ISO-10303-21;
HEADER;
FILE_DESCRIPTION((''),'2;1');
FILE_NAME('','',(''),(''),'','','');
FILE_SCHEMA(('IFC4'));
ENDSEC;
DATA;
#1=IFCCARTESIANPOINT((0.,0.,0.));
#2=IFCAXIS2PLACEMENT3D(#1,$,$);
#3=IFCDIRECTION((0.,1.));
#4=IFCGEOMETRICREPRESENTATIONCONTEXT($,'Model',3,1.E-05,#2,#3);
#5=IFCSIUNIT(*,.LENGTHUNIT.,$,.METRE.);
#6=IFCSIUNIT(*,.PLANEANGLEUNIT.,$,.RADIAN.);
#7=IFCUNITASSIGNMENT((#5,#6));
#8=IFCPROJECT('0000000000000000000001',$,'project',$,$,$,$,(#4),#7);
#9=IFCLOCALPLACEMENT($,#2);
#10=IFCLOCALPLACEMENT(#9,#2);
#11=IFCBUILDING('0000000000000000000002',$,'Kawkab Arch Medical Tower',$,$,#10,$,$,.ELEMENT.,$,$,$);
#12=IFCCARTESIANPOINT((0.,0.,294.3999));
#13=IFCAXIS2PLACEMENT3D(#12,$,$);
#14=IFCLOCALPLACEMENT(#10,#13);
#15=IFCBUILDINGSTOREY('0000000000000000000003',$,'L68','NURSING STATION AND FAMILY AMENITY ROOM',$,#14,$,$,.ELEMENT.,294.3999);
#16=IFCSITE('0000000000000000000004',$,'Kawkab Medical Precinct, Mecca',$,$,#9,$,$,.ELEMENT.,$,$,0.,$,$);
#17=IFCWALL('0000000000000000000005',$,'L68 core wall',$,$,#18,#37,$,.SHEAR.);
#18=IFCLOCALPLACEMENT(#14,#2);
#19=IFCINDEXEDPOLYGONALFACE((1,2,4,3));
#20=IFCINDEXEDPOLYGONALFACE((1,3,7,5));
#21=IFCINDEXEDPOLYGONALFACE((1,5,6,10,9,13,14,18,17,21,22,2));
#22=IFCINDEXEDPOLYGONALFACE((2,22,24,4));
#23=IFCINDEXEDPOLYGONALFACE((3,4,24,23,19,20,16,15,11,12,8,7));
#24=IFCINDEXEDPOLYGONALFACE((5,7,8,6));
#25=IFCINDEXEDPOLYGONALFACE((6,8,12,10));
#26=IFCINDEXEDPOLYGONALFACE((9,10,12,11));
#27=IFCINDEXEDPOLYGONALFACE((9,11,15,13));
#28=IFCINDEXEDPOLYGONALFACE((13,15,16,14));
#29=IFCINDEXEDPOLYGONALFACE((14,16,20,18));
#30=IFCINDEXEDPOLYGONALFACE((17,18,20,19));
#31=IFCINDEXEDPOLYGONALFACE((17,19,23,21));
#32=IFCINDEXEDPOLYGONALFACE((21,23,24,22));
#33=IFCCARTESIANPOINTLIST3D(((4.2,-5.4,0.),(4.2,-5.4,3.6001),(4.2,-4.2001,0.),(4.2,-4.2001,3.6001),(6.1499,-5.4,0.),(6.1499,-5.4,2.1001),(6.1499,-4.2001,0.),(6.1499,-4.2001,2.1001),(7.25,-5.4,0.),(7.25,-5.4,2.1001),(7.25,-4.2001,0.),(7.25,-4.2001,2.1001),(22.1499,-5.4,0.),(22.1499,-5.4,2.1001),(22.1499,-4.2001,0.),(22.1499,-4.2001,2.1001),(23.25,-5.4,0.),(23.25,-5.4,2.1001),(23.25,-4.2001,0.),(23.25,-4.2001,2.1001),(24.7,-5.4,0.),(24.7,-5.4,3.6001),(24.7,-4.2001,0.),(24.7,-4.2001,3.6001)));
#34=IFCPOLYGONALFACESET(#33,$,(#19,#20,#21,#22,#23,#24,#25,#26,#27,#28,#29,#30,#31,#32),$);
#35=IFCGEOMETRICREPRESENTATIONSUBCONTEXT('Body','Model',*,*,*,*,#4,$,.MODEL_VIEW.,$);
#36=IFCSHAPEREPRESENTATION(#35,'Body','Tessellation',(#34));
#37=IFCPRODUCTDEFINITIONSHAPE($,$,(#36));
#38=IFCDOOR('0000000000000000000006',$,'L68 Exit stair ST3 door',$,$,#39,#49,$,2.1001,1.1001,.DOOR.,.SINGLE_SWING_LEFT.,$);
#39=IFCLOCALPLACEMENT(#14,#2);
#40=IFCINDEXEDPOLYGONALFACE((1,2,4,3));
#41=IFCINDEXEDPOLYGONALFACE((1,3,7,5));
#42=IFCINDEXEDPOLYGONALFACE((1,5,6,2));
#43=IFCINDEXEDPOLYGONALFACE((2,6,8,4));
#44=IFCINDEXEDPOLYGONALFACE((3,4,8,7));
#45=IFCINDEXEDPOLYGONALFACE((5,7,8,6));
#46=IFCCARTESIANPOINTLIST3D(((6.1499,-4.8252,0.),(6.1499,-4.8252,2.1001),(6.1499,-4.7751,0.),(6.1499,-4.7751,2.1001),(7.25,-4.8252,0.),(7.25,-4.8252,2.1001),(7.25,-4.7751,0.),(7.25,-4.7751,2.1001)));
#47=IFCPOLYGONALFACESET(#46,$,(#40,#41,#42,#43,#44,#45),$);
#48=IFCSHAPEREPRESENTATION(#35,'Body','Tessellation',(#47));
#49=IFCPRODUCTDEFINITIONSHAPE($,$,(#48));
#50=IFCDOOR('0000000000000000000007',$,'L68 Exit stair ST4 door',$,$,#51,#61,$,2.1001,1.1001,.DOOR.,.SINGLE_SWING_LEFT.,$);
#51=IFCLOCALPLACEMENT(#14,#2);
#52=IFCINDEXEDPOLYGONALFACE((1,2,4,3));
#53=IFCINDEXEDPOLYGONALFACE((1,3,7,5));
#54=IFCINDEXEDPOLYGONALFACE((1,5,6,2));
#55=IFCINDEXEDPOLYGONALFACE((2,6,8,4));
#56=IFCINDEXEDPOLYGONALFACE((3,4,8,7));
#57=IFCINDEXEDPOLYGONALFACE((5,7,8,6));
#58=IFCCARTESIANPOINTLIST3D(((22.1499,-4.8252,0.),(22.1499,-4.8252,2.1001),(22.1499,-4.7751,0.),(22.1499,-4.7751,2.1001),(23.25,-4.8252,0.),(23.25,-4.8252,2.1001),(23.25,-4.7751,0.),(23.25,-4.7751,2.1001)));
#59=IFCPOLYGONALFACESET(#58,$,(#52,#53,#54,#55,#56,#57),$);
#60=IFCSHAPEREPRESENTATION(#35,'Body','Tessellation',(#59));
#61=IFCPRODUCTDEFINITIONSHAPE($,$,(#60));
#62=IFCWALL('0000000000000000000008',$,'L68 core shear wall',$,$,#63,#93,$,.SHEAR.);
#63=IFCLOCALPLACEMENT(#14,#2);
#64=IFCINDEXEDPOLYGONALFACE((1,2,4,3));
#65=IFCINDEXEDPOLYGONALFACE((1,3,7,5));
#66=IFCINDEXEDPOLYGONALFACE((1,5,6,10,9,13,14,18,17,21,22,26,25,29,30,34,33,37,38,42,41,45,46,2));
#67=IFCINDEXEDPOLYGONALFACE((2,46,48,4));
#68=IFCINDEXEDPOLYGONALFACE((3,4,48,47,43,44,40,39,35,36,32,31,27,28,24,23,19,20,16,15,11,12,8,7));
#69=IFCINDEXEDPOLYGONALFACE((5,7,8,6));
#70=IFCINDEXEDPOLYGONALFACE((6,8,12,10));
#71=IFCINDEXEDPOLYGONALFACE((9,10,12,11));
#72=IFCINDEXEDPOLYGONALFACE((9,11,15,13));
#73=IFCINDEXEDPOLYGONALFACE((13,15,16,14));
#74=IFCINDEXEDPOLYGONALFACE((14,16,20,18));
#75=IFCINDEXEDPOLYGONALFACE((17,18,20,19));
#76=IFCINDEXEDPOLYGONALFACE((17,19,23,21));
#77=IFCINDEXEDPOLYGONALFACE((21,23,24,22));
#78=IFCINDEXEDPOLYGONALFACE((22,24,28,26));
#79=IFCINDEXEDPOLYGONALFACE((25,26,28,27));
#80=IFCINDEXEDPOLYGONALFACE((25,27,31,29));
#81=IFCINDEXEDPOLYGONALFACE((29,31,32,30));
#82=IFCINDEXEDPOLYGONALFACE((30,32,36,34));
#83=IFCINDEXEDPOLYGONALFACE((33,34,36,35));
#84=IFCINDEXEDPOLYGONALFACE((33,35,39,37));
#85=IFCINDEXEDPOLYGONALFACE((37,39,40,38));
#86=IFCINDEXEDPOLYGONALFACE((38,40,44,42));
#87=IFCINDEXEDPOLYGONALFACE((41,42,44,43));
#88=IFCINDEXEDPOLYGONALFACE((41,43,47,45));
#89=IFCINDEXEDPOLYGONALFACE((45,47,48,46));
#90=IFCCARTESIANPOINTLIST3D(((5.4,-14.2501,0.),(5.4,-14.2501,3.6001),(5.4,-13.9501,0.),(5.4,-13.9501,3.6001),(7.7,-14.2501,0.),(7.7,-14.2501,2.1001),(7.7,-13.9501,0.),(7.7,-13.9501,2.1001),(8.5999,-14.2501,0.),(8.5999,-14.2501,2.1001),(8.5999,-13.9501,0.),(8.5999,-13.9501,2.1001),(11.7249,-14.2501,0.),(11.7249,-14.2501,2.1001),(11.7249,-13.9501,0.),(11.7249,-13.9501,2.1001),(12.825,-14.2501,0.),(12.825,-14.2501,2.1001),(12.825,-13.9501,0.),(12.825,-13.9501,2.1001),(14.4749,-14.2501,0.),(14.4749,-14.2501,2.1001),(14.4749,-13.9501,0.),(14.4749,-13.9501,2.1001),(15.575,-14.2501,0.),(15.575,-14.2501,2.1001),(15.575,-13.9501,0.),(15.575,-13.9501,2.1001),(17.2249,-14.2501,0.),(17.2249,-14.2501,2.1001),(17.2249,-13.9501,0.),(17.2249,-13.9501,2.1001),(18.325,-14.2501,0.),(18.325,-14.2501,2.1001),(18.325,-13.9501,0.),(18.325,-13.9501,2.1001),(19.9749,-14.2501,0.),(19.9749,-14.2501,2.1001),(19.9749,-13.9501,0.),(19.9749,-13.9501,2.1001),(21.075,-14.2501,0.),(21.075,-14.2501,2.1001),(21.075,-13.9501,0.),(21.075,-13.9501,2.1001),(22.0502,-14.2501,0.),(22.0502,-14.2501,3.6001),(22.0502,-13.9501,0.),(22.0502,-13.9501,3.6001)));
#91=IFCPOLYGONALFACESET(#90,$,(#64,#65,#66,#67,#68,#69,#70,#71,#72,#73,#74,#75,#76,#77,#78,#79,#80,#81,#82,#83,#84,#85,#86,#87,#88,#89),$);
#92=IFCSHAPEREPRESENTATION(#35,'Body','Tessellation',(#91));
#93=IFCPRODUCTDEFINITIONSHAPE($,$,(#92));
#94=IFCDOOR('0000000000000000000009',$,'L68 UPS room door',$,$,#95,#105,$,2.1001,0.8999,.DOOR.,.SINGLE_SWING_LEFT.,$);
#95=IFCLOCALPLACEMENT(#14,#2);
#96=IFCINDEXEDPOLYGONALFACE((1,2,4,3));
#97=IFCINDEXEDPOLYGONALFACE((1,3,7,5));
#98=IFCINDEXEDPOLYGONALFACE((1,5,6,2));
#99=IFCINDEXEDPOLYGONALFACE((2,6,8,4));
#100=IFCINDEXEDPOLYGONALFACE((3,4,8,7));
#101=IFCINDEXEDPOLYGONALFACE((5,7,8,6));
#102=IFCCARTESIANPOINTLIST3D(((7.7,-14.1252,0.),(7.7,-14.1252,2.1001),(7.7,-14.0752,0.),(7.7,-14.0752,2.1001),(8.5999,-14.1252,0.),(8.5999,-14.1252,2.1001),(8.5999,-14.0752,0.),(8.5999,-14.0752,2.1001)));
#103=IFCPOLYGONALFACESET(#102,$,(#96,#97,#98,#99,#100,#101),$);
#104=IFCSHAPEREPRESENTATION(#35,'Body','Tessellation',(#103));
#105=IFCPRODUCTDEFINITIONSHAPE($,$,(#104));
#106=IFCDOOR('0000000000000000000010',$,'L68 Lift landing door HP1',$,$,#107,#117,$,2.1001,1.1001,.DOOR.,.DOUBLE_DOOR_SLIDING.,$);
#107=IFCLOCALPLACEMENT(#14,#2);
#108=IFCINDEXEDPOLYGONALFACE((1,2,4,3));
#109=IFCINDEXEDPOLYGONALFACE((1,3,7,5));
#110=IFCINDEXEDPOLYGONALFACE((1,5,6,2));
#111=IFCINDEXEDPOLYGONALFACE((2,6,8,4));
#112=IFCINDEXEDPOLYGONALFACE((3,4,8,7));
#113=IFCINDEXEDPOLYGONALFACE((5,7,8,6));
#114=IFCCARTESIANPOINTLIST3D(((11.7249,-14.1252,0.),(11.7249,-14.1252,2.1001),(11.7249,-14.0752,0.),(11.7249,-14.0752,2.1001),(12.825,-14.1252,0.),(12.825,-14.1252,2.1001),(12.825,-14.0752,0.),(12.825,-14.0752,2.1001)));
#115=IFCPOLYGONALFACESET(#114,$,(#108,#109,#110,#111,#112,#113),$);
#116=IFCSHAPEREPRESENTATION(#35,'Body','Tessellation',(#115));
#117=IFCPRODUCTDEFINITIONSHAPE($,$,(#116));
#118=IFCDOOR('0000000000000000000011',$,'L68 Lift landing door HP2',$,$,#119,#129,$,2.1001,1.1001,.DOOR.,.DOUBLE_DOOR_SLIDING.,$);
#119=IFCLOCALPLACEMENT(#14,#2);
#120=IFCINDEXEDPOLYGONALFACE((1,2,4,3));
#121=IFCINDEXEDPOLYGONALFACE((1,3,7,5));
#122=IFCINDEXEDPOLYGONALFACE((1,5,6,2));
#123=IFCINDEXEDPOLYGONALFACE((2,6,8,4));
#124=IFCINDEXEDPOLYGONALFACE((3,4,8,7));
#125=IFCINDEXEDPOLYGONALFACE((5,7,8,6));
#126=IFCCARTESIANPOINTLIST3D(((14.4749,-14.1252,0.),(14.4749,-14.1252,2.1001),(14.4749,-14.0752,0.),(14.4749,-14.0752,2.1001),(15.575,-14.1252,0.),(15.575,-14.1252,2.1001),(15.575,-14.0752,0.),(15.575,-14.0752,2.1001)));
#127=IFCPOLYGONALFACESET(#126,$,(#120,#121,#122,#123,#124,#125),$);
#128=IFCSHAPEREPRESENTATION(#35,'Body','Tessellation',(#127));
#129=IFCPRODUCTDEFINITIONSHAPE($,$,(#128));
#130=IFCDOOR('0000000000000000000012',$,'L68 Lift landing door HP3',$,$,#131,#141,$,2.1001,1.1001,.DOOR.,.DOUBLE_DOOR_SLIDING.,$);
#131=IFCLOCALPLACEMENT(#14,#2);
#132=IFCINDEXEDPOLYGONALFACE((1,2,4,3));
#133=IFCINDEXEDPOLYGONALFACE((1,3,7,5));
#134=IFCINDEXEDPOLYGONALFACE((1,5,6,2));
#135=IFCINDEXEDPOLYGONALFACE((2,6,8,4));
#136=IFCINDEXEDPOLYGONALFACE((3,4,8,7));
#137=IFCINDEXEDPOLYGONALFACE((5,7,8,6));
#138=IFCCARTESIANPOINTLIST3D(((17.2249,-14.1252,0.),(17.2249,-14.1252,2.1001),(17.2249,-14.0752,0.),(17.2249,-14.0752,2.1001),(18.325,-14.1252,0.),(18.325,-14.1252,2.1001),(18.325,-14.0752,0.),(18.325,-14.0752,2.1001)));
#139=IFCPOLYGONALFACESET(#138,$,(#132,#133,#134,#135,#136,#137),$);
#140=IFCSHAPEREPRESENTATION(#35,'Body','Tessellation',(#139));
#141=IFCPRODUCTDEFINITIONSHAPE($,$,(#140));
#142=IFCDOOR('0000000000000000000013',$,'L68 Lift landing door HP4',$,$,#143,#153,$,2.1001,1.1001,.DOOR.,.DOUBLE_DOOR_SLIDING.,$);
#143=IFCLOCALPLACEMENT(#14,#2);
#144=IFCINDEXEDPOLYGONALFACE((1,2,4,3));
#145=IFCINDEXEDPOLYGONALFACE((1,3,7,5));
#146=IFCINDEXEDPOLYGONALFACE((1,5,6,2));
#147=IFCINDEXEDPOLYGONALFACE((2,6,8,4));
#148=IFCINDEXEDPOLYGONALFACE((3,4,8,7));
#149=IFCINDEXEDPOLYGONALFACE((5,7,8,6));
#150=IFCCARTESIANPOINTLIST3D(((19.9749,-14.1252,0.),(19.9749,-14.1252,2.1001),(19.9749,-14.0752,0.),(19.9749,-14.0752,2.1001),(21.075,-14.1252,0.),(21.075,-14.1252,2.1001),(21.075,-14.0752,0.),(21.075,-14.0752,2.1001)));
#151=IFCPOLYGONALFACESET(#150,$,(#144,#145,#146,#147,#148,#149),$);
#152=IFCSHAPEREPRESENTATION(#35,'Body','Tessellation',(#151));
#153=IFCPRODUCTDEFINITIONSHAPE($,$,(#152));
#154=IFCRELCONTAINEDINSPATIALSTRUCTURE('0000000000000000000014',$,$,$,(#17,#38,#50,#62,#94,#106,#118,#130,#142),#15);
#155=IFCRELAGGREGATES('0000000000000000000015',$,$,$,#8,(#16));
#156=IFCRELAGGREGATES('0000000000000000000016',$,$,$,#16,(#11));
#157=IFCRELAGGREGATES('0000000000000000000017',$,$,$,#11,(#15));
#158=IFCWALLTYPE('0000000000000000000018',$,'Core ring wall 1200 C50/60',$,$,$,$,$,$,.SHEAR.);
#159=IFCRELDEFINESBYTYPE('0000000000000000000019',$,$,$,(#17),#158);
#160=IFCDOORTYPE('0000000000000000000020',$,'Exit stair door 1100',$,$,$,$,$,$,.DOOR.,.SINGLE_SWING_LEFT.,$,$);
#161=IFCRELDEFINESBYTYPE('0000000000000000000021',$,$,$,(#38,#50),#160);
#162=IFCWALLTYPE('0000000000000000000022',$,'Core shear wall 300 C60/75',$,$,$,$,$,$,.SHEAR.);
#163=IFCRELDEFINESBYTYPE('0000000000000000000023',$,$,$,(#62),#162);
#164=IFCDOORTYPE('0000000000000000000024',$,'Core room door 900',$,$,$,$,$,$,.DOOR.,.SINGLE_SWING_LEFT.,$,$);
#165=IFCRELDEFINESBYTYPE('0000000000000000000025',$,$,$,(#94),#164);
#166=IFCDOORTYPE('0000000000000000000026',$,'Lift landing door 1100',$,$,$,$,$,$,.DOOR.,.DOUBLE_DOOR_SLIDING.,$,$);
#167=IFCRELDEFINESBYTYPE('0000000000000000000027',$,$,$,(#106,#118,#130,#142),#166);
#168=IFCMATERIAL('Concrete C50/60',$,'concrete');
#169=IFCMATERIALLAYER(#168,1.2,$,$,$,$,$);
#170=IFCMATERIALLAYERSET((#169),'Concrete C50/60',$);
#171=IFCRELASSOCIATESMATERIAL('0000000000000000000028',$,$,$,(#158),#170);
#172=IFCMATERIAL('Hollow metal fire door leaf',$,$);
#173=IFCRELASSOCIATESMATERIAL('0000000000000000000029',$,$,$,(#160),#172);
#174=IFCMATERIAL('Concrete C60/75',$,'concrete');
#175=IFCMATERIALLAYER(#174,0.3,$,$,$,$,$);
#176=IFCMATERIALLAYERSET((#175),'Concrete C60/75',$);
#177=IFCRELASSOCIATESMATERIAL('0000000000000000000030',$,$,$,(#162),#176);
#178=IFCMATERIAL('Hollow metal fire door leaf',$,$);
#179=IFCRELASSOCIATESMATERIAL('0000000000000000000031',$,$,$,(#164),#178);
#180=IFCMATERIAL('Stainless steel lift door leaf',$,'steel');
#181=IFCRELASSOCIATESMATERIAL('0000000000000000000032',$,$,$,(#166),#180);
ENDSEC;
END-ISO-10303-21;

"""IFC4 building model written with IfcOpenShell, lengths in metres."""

from ifc_helpers import new_model, si_unit, direction, frame, frame_2d, origin, place, context, subcontext, project, spatial, rectangle, extrude, material, layer, layer_set, type_object, element, fill, save


model = new_model("IFC4")

# Units and contexts
model_context = context("Model", 3, precision=1e-05, world=origin(), true_north=direction((0.0, 1.0)))
body_context = subcontext(model_context, "Body", "Model", "MODEL_VIEW")
ifc_project = project(units=[si_unit("LENGTHUNIT", "METRE"), si_unit("PLANEANGLEUNIT", "RADIAN")], contexts=[model_context])

# Site, building, storey
site_placement = place(None, origin())
site = spatial("IfcSite", under=ifc_project, at=site_placement, Name="Kawkab Medical Precinct, Mecca", CompositionType="ELEMENT", RefElevation=0.0)
building_placement = place(site_placement, origin())
building = spatial("IfcBuilding", under=site, at=building_placement, Name="Kawkab Arch Medical Tower", CompositionType="ELEMENT")
storey_placement = place(building_placement, frame((0.0, 0.0, 294.3999)))
storey = spatial("IfcBuildingStorey", under=building, at=storey_placement, Name="L68", Description="NURSING STATION AND FAMILY AMENITY ROOM", CompositionType="ELEMENT", Elevation=294.3999)

# Walls, openings, doors
ifc_material_1 = material(Name="Concrete C50/60", Category="concrete")
ifc_layer_1 = layer(ifc_material_1, 1.2)
ifc_layer_set_1 = layer_set([ifc_layer_1], Name="Concrete C50/60")
wall_type_1 = type_object("IfcWallType", Name="Core ring wall 1200 C50/60", PredefinedType="SHEAR", material=ifc_layer_set_1)
wall_1_placement = place(storey_placement, frame((4.2, -4.8, 0.0), z_axis=(0.0, 0.0, 1.0), x_axis=(1.0, 0.0, 0.0)))
wall_1 = element("IfcWall", 1, at=wall_1_placement, inside=storey, type_object=wall_type_1, Name="L68 core wall", PredefinedType="SHEAR", context=body_context, shape_type="SweptSolid", body=[
    extrude(rectangle(XDim=20.5, YDim=1.2, at=frame_2d((10.25, 0.0))), origin(), (0.0, 0.0, 1.0), 3.6001),
])
opening_1_placement = place(wall_1_placement, frame((1.95, 0.0, 0.0)))
opening_1 = element("IfcOpeningElement", 2, at=opening_1_placement, cuts=wall_1, PredefinedType="OPENING", context=body_context, shape_type="SweptSolid", body=[
    extrude(rectangle(XDim=1.1001, YDim=2.1001, at=frame_2d((0.55, 1.05))), frame((0.0, 0.6099, 0.0), z_axis=(0.0, -1.0, 0.0), x_axis=(1.0, 0.0, 0.0)), (0.0, 0.0, 1.0), 1.22),
])
opening_2_placement = place(wall_1_placement, frame((17.95, 0.0, 0.0)))
opening_2 = element("IfcOpeningElement", 3, at=opening_2_placement, cuts=wall_1, PredefinedType="OPENING", context=body_context, shape_type="SweptSolid", body=[
    extrude(rectangle(XDim=1.1001, YDim=2.1001, at=frame_2d((0.55, 1.05))), frame((0.0, 0.6099, 0.0), z_axis=(0.0, -1.0, 0.0), x_axis=(1.0, 0.0, 0.0)), (0.0, 0.0, 1.0), 1.22),
])
ifc_material_2 = material(Name="Hollow metal fire door leaf")
door_type_1 = type_object("IfcDoorType", Name="Exit stair door 1100", OperationType="SINGLE_SWING_LEFT", PredefinedType="DOOR", material=ifc_material_2)
door_1_placement = place(opening_1_placement, origin())
door_1 = element("IfcDoor", 4, at=door_1_placement, inside=storey, type_object=door_type_1, Name="L68 Exit stair ST3 door", OperationType="SINGLE_SWING_LEFT", OverallHeight=2.1001, OverallWidth=1.1001, PredefinedType="DOOR", context=body_context, shape_type="SweptSolid", body=[
    extrude(rectangle(XDim=1.1001, YDim=2.1001, at=frame_2d((0.55, 1.05))), frame((0.0, 0.0249, 0.0), z_axis=(0.0, -1.0, 0.0), x_axis=(1.0, 0.0, 0.0)), (0.0, 0.0, 1.0), 0.05),
])
fill(opening_1, door_1)
door_2_placement = place(opening_2_placement, origin())
door_2 = element("IfcDoor", 5, at=door_2_placement, inside=storey, type_object=door_type_1, Name="L68 Exit stair ST4 door", OperationType="SINGLE_SWING_LEFT", OverallHeight=2.1001, OverallWidth=1.1001, PredefinedType="DOOR", context=body_context, shape_type="SweptSolid", body=[
    extrude(rectangle(XDim=1.1001, YDim=2.1001, at=frame_2d((0.55, 1.05))), frame((0.0, 0.0249, 0.0), z_axis=(0.0, -1.0, 0.0), x_axis=(1.0, 0.0, 0.0)), (0.0, 0.0, 1.0), 0.05),
])
fill(opening_2, door_2)
ifc_material_3 = material(Name="Concrete C60/75", Category="concrete")
ifc_layer_2 = layer(ifc_material_3, 0.3)
ifc_layer_set_2 = layer_set([ifc_layer_2], Name="Concrete C60/75")
wall_type_2 = type_object("IfcWallType", Name="Core shear wall 300 C60/75", PredefinedType="SHEAR", material=ifc_layer_set_2)
wall_2_placement = place(storey_placement, frame((5.3999, -14.1001, 0.0), z_axis=(0.0, 0.0, 1.0), x_axis=(1.0, 0.0, 0.0)))
wall_2 = element("IfcWall", 6, at=wall_2_placement, inside=storey, type_object=wall_type_2, Name="L68 core shear wall", PredefinedType="SHEAR", context=body_context, shape_type="SweptSolid", body=[
    extrude(rectangle(XDim=16.6501, YDim=0.3, at=frame_2d((8.3252, 0.0))), origin(), (0.0, 0.0, 1.0), 3.6001),
])
opening_3_placement = place(wall_2_placement, frame((6.325, 0.0, 0.0)))
opening_3 = element("IfcOpeningElement", 7, at=opening_3_placement, cuts=wall_2, PredefinedType="OPENING", context=body_context, shape_type="SweptSolid", body=[
    extrude(rectangle(XDim=1.1001, YDim=2.1001, at=frame_2d((0.55, 1.05))), frame((0.0, 0.1599, 0.0), z_axis=(0.0, -1.0, 0.0), x_axis=(1.0, 0.0, 0.0)), (0.0, 0.0, 1.0), 0.3201),
])
opening_4_placement = place(wall_2_placement, frame((9.075, 0.0, 0.0)))
opening_4 = element("IfcOpeningElement", 8, at=opening_4_placement, cuts=wall_2, PredefinedType="OPENING", context=body_context, shape_type="SweptSolid", body=[
    extrude(rectangle(XDim=1.1001, YDim=2.1001, at=frame_2d((0.55, 1.05))), frame((0.0, 0.1599, 0.0), z_axis=(0.0, -1.0, 0.0), x_axis=(1.0, 0.0, 0.0)), (0.0, 0.0, 1.0), 0.3201),
])
opening_5_placement = place(wall_2_placement, frame((11.825, 0.0, 0.0)))
opening_5 = element("IfcOpeningElement", 9, at=opening_5_placement, cuts=wall_2, PredefinedType="OPENING", context=body_context, shape_type="SweptSolid", body=[
    extrude(rectangle(XDim=1.1001, YDim=2.1001, at=frame_2d((0.55, 1.05))), frame((0.0, 0.1599, 0.0), z_axis=(0.0, -1.0, 0.0), x_axis=(1.0, 0.0, 0.0)), (0.0, 0.0, 1.0), 0.3201),
])
opening_6_placement = place(wall_2_placement, frame((14.575, 0.0, 0.0)))
opening_6 = element("IfcOpeningElement", 10, at=opening_6_placement, cuts=wall_2, PredefinedType="OPENING", context=body_context, shape_type="SweptSolid", body=[
    extrude(rectangle(XDim=1.1001, YDim=2.1001, at=frame_2d((0.55, 1.05))), frame((0.0, 0.1599, 0.0), z_axis=(0.0, -1.0, 0.0), x_axis=(1.0, 0.0, 0.0)), (0.0, 0.0, 1.0), 0.3201),
])
opening_7_placement = place(wall_2_placement, frame((2.3, 0.0, 0.0)))
opening_7 = element("IfcOpeningElement", 11, at=opening_7_placement, cuts=wall_2, PredefinedType="OPENING", context=body_context, shape_type="SweptSolid", body=[
    extrude(rectangle(XDim=0.8999, YDim=2.1001, at=frame_2d((0.45, 1.05))), frame((0.0, 0.1599, 0.0), z_axis=(0.0, -1.0, 0.0), x_axis=(1.0, 0.0, 0.0)), (0.0, 0.0, 1.0), 0.3201),
])
ifc_material_4 = material(Name="Hollow metal fire door leaf")
door_type_2 = type_object("IfcDoorType", Name="Core room door 900", OperationType="SINGLE_SWING_LEFT", PredefinedType="DOOR", material=ifc_material_4)
door_3_placement = place(opening_7_placement, origin())
door_3 = element("IfcDoor", 12, at=door_3_placement, inside=storey, type_object=door_type_2, Name="L68 UPS room door", OperationType="SINGLE_SWING_LEFT", OverallHeight=2.1001, OverallWidth=0.8999, PredefinedType="DOOR", context=body_context, shape_type="SweptSolid", body=[
    extrude(rectangle(XDim=0.8999, YDim=2.1001, at=frame_2d((0.45, 1.05))), frame((0.0, 0.0249, 0.0), z_axis=(0.0, -1.0, 0.0), x_axis=(1.0, 0.0, 0.0)), (0.0, 0.0, 1.0), 0.05),
])
fill(opening_7, door_3)
ifc_material_5 = material(Name="Stainless steel lift door leaf", Category="steel")
door_type_3 = type_object("IfcDoorType", Name="Lift landing door 1100", OperationType="DOUBLE_DOOR_SLIDING", PredefinedType="DOOR", material=ifc_material_5)
door_4_placement = place(opening_3_placement, origin())
door_4 = element("IfcDoor", 13, at=door_4_placement, inside=storey, type_object=door_type_3, Name="L68 Lift landing door HP1", OperationType="DOUBLE_DOOR_SLIDING", OverallHeight=2.1001, OverallWidth=1.1001, PredefinedType="DOOR", context=body_context, shape_type="SweptSolid", body=[
    extrude(rectangle(XDim=1.1001, YDim=2.1001, at=frame_2d((0.55, 1.05))), frame((0.0, 0.0249, 0.0), z_axis=(0.0, -1.0, 0.0), x_axis=(1.0, 0.0, 0.0)), (0.0, 0.0, 1.0), 0.05),
])
fill(opening_3, door_4)
door_5_placement = place(opening_4_placement, origin())
door_5 = element("IfcDoor", 14, at=door_5_placement, inside=storey, type_object=door_type_3, Name="L68 Lift landing door HP2", OperationType="DOUBLE_DOOR_SLIDING", OverallHeight=2.1001, OverallWidth=1.1001, PredefinedType="DOOR", context=body_context, shape_type="SweptSolid", body=[
    extrude(rectangle(XDim=1.1001, YDim=2.1001, at=frame_2d((0.55, 1.05))), frame((0.0, 0.0249, 0.0), z_axis=(0.0, -1.0, 0.0), x_axis=(1.0, 0.0, 0.0)), (0.0, 0.0, 1.0), 0.05),
])
fill(opening_4, door_5)
door_6_placement = place(opening_5_placement, origin())
door_6 = element("IfcDoor", 15, at=door_6_placement, inside=storey, type_object=door_type_3, Name="L68 Lift landing door HP3", OperationType="DOUBLE_DOOR_SLIDING", OverallHeight=2.1001, OverallWidth=1.1001, PredefinedType="DOOR", context=body_context, shape_type="SweptSolid", body=[
    extrude(rectangle(XDim=1.1001, YDim=2.1001, at=frame_2d((0.55, 1.05))), frame((0.0, 0.0249, 0.0), z_axis=(0.0, -1.0, 0.0), x_axis=(1.0, 0.0, 0.0)), (0.0, 0.0, 1.0), 0.05),
])
fill(opening_5, door_6)
door_7_placement = place(opening_6_placement, origin())
door_7 = element("IfcDoor", 16, at=door_7_placement, inside=storey, type_object=door_type_3, Name="L68 Lift landing door HP4", OperationType="DOUBLE_DOOR_SLIDING", OverallHeight=2.1001, OverallWidth=1.1001, PredefinedType="DOOR", context=body_context, shape_type="SweptSolid", body=[
    extrude(rectangle(XDim=1.1001, YDim=2.1001, at=frame_2d((0.55, 1.05))), frame((0.0, 0.0249, 0.0), z_axis=(0.0, -1.0, 0.0), x_axis=(1.0, 0.0, 0.0)), (0.0, 0.0, 1.0), 0.05),
])
fill(opening_6, door_7)

save(model, "model.ifc")
